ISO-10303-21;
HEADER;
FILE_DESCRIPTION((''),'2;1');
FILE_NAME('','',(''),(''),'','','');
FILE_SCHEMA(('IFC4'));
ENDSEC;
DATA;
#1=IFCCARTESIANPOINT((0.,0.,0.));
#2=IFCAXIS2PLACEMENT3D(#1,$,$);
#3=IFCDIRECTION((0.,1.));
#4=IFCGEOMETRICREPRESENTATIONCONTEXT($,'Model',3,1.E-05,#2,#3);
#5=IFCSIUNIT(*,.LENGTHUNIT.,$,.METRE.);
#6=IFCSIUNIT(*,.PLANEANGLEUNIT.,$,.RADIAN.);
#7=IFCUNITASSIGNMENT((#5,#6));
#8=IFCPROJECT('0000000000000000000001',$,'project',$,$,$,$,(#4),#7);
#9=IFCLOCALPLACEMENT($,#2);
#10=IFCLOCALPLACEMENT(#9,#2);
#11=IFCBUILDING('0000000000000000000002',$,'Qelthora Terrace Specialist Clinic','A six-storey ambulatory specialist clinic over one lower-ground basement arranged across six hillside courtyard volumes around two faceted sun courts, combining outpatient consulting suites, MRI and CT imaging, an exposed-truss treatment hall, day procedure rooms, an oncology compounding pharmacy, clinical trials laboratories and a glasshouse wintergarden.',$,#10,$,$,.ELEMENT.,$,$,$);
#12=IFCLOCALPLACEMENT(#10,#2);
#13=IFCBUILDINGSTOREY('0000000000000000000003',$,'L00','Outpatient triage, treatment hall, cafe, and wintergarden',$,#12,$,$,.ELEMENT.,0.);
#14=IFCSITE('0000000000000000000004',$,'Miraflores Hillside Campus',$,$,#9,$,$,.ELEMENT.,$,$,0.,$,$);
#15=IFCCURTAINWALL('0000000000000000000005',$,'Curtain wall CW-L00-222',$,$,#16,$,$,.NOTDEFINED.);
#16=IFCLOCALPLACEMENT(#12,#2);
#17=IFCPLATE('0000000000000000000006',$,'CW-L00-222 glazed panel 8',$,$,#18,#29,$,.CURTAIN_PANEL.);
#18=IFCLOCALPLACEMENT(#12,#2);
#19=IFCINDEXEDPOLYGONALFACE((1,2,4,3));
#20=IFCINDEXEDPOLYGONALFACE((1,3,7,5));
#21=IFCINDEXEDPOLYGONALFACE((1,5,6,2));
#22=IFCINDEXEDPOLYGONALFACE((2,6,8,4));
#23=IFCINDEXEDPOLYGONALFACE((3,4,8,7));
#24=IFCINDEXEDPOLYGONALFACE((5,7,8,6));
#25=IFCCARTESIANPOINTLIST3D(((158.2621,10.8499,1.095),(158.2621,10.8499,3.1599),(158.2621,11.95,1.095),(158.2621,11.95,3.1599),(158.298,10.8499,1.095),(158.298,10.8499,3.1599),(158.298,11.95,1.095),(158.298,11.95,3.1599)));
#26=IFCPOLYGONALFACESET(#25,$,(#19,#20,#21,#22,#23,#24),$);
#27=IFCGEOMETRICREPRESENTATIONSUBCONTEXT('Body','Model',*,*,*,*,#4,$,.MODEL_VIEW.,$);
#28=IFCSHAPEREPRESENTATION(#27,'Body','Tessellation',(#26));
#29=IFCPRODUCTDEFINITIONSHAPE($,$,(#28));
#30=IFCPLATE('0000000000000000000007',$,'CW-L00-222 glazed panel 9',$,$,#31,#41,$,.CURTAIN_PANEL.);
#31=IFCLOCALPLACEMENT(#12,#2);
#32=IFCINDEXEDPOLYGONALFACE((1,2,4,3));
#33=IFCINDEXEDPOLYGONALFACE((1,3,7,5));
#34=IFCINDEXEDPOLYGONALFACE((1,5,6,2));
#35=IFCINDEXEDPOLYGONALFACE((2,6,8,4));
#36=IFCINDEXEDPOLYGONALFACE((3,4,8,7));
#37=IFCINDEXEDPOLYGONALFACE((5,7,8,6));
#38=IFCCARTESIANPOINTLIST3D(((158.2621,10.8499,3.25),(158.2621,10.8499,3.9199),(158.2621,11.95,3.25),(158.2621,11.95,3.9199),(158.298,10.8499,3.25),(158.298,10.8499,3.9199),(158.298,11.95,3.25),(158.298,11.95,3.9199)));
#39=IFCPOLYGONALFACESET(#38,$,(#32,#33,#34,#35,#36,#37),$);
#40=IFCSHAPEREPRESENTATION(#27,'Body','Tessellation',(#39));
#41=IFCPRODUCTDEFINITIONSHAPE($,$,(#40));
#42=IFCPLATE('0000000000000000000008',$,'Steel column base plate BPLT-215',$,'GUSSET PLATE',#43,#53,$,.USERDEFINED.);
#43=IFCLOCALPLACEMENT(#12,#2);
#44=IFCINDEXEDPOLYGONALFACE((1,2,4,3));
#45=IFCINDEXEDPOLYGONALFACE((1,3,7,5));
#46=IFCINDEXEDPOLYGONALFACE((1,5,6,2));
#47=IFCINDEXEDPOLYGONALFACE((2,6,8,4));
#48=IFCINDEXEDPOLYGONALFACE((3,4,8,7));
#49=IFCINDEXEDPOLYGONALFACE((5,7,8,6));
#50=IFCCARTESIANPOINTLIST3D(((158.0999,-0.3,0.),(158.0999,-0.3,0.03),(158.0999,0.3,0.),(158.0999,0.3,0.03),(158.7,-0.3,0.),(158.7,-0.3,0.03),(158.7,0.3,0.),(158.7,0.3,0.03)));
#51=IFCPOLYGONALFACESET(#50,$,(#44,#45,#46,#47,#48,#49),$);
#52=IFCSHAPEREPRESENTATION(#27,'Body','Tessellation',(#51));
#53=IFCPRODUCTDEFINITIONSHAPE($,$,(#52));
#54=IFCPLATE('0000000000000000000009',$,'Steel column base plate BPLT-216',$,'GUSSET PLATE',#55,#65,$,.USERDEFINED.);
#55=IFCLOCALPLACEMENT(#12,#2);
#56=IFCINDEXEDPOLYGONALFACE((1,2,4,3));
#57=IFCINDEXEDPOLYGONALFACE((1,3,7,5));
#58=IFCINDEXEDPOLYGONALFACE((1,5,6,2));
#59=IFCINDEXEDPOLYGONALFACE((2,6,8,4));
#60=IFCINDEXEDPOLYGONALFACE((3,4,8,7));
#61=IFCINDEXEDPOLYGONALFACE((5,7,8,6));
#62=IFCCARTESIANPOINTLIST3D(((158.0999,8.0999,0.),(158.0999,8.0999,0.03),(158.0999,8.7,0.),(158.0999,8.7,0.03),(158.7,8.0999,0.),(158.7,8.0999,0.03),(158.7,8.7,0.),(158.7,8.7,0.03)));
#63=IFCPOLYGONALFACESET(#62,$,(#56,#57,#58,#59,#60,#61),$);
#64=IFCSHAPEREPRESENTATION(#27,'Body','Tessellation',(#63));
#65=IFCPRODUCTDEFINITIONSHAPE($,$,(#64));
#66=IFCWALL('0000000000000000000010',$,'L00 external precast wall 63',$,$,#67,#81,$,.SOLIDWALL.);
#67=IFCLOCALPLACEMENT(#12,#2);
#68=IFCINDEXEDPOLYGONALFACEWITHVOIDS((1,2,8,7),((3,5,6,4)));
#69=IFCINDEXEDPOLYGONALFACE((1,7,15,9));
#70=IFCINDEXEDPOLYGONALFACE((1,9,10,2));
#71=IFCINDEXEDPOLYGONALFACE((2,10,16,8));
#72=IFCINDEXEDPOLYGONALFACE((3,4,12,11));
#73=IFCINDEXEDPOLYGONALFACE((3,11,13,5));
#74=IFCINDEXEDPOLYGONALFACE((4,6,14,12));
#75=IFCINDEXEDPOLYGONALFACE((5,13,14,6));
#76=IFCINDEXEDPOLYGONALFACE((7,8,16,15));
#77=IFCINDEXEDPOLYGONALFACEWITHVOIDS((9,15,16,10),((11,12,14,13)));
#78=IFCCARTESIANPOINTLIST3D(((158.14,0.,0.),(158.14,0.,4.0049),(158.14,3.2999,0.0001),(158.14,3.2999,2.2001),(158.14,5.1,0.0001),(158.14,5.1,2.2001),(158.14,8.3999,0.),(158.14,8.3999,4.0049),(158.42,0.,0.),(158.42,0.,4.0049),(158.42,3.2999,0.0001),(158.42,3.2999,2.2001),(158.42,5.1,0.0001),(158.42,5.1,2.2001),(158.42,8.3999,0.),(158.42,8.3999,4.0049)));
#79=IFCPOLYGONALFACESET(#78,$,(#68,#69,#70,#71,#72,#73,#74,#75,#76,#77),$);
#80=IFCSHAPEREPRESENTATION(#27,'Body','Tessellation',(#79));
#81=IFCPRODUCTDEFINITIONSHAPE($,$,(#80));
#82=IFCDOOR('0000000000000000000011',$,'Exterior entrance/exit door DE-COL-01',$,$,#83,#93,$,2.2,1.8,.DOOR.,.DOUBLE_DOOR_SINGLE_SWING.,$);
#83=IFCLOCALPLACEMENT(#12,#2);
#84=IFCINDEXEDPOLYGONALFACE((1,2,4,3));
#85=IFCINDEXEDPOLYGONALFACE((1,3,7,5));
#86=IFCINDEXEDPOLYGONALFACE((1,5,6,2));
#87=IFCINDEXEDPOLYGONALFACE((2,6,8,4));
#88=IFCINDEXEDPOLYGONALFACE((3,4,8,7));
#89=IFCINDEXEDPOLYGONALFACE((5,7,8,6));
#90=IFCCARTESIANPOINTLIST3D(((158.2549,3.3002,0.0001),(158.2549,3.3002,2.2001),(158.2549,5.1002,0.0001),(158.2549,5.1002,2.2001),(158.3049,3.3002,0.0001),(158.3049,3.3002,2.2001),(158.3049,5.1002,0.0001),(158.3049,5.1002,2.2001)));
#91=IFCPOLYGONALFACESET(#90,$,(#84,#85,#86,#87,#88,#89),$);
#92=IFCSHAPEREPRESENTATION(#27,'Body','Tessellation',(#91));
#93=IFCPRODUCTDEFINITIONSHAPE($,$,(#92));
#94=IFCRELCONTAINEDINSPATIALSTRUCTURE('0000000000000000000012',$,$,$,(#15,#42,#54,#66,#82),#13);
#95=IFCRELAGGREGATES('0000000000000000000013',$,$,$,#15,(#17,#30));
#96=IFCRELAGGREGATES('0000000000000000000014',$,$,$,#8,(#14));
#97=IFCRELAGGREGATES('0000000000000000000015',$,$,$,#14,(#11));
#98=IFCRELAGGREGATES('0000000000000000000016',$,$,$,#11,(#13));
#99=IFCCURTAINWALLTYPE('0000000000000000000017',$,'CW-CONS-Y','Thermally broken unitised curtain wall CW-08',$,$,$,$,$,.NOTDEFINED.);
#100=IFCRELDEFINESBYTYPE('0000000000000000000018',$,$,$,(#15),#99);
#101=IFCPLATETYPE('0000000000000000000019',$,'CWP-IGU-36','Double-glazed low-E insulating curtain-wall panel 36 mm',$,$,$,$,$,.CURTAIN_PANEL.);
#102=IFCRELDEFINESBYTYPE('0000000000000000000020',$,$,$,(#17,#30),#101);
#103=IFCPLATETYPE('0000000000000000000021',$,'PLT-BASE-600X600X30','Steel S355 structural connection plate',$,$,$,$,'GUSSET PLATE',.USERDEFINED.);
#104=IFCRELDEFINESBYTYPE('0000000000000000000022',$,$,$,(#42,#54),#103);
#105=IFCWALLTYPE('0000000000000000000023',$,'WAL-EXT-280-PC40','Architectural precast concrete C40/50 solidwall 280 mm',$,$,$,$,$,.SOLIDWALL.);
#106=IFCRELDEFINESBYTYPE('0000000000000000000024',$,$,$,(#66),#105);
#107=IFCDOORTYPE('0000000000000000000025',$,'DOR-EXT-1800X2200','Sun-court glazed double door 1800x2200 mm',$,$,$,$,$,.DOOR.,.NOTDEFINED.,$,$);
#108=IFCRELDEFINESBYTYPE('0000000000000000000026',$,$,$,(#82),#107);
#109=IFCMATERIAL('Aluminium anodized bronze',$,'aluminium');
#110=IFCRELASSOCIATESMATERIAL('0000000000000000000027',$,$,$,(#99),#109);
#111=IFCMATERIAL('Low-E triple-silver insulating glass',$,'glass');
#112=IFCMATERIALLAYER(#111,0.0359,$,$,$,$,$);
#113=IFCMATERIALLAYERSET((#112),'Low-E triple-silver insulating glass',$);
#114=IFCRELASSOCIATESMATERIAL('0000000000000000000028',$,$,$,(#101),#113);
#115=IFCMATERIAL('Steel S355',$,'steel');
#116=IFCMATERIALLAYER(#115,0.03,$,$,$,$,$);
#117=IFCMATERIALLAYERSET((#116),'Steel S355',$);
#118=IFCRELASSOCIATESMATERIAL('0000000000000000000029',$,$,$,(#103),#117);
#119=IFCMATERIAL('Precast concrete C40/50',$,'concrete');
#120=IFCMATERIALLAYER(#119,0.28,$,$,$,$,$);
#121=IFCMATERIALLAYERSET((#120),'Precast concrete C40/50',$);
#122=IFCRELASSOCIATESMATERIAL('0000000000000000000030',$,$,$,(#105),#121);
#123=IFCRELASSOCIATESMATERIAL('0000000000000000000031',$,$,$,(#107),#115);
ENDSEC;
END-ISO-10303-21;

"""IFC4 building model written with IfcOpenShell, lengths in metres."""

from ifc_helpers import new_model, si_unit, direction, frame, frame_2d, origin, origin_2d, place, context, subcontext, project, spatial, rectangle, extrude, material, layer, layer_set, type_object, element, fill, aggregate, save


model = new_model("IFC4")

# Units and contexts
model_context = context("Model", 3, precision=1e-05, world=origin(), true_north=direction((0.0, 1.0)))
body_context = subcontext(model_context, "Body", "Model", "MODEL_VIEW")
ifc_project = project(units=[si_unit("LENGTHUNIT", "METRE"), si_unit("PLANEANGLEUNIT", "RADIAN")], contexts=[model_context])

# Site, building, storey
site_placement = place(None, origin())
site = spatial("IfcSite", under=ifc_project, at=site_placement, Name="Miraflores Hillside Campus", CompositionType="ELEMENT", RefElevation=0.0)
building_placement = place(site_placement, origin())
building = spatial("IfcBuilding", under=site, at=building_placement, Name="Qelthora Terrace Specialist Clinic", Description="A six-storey ambulatory specialist clinic over one lower-ground basement arranged across six hillside courtyard volumes around two faceted sun courts, combining outpatient consulting suites, MRI and CT imaging, an exposed-truss treatment hall, day procedure rooms, an oncology compounding pharmacy, clinical trials laboratories and a glasshouse wintergarden.", CompositionType="ELEMENT")
storey_placement = place(building_placement, origin())
storey = spatial("IfcBuildingStorey", under=building, at=storey_placement, Name="L00", Description="Outpatient triage, treatment hall, cafe, and wintergarden", CompositionType="ELEMENT", Elevation=0.0)

# Shared definitions
ifc_material_1 = material(Name="Steel S355", Category="steel")

# Shared definitions
ifc_material_2 = material(Name="Aluminium anodized bronze", Category="aluminium")

# Curtain wall, plates
curtain_wall_type_1 = type_object("IfcCurtainWallType", Name="CW-CONS-Y", Description="Thermally broken unitised curtain wall CW-08", PredefinedType="NOTDEFINED", material=ifc_material_2)
curtain_wall_1_placement = place(storey_placement, origin())
curtain_wall_1 = element("IfcCurtainWall", 1, at=curtain_wall_1_placement, inside=storey, type_object=curtain_wall_type_1, Name="Curtain wall CW-L00-222", PredefinedType="NOTDEFINED")
ifc_material_3 = material(Name="Low-E triple-silver insulating glass", Category="glass")
ifc_layer_1 = layer(ifc_material_3, 0.0359)
ifc_layer_set_1 = layer_set([ifc_layer_1], Name="Low-E triple-silver insulating glass")
plate_type_1 = type_object("IfcPlateType", Name="CWP-IGU-36", Description="Double-glazed low-E insulating curtain-wall panel 36 mm", PredefinedType="CURTAIN_PANEL", material=ifc_layer_set_1)
plate_1_placement = place(storey_placement, frame((158.28, 11.3999, 1.095), z_axis=(0.0, 0.0, 1.0), x_axis=(0.0, 1.0, 0.0)))
plate_1 = element("IfcPlate", 2, at=plate_1_placement, type_object=plate_type_1, Name="CW-L00-222 glazed panel 8", PredefinedType="CURTAIN_PANEL", context=body_context, shape_type="SweptSolid", body=[
    extrude(rectangle(XDim=1.1001, YDim=0.0359, at=origin_2d()), origin(), (0.0, 0.0, 1.0), 2.0649),
])
plate_2_placement = place(storey_placement, frame((158.28, 11.3999, 3.25), z_axis=(0.0, 0.0, 1.0), x_axis=(0.0, 1.0, 0.0)))
plate_2 = element("IfcPlate", 3, at=plate_2_placement, type_object=plate_type_1, Name="CW-L00-222 glazed panel 9", PredefinedType="CURTAIN_PANEL", context=body_context, shape_type="SweptSolid", body=[
    extrude(rectangle(XDim=1.1001, YDim=0.0359, at=origin_2d()), origin(), (0.0, 0.0, 1.0), 0.6699),
])
aggregate(curtain_wall_1, [plate_1, plate_2])

# Plates
ifc_layer_2 = layer(ifc_material_1, 0.03)
ifc_layer_set_2 = layer_set([ifc_layer_2], Name="Steel S355")
plate_type_2 = type_object("IfcPlateType", Name="PLT-BASE-600X600X30", Description="Steel S355 structural connection plate", ElementType="GUSSET PLATE", PredefinedType="USERDEFINED", material=ifc_layer_set_2)
for number, where, z_axis, x_axis, name in (
    (4, (158.3999, 0.0, 0.0), (0.0, 0.0, 1.0), (1.0, 0.0, 0.0), "Steel column base plate BPLT-215"),
    (5, (158.3999, 8.3999, 0.0), (0.0, 0.0, 1.0), (1.0, 0.0, 0.0), "Steel column base plate BPLT-216"),
):
    element("IfcPlate", number, at=place(storey_placement, frame(where, z_axis=z_axis, x_axis=x_axis)), inside=storey, type_object=plate_type_2, Name=name, ObjectType="GUSSET PLATE", PredefinedType="USERDEFINED", context=body_context, shape_type="SweptSolid", body=[
        extrude(rectangle(XDim=0.6001, YDim=0.6001, at=origin_2d()), origin(), (0.0, 0.0, 1.0), 0.03),
    ])

# Wall, opening, door
ifc_material_4 = material(Name="Precast concrete C40/50", Category="concrete")
ifc_layer_3 = layer(ifc_material_4, 0.28)
ifc_layer_set_3 = layer_set([ifc_layer_3], Name="Precast concrete C40/50")
wall_type = type_object("IfcWallType", Name="WAL-EXT-280-PC40", Description="Architectural precast concrete C40/50 solidwall 280 mm", PredefinedType="SOLIDWALL", material=ifc_layer_set_3)
wall_placement = place(storey_placement, frame((158.28, 0.0, 0.0), z_axis=(0.0, 0.0, 1.0), x_axis=(0.0, 1.0, 0.0)))
wall = element("IfcWall", 6, at=wall_placement, inside=storey, type_object=wall_type, Name="L00 external precast wall 63", PredefinedType="SOLIDWALL", context=body_context, shape_type="SweptSolid", body=[
    extrude(rectangle(XDim=8.3999, YDim=0.28, at=frame_2d((4.2, 0.0))), origin(), (0.0, 0.0, 1.0), 4.0049),
])
opening_placement = place(wall_placement, frame((3.3, 0.0, 0.0)))
opening = element("IfcOpeningElement", 7, at=opening_placement, cuts=wall, PredefinedType="OPENING", context=body_context, shape_type="SweptSolid", body=[
    extrude(rectangle(XDim=1.8, YDim=2.2, at=frame_2d((0.8999, 1.1001))), frame((0.0, 0.1499, 0.0), z_axis=(0.0, -1.0, 0.0), x_axis=(1.0, 0.0, 0.0)), (0.0, 0.0, 1.0), 0.3),
])
door_type = type_object("IfcDoorType", Name="DOR-EXT-1800X2200", Description="Sun-court glazed double door 1800x2200 mm", OperationType="NOTDEFINED", PredefinedType="DOOR", material=ifc_material_1)
door_placement = place(opening_placement, frame((1.8, 0.0, 0.0), z_axis=(0.0, 0.0, 1.0), x_axis=(-1.0, 0.0, 0.0)))
door = element("IfcDoor", 8, at=door_placement, inside=storey, type_object=door_type, Name="Exterior entrance/exit door DE-COL-01", OperationType="DOUBLE_DOOR_SINGLE_SWING", OverallHeight=2.2, OverallWidth=1.8, PredefinedType="DOOR", context=body_context, shape_type="SweptSolid", body=[
    extrude(rectangle(XDim=1.8, YDim=2.2, at=frame_2d((0.8999, 1.1001))), frame((0.0, 0.0249, 0.0), z_axis=(0.0, -1.0, 0.0), x_axis=(1.0, 0.0, 0.0)), (0.0, 0.0, 1.0), 0.05),
])
fill(opening, door)

save(model, "model.ifc")
